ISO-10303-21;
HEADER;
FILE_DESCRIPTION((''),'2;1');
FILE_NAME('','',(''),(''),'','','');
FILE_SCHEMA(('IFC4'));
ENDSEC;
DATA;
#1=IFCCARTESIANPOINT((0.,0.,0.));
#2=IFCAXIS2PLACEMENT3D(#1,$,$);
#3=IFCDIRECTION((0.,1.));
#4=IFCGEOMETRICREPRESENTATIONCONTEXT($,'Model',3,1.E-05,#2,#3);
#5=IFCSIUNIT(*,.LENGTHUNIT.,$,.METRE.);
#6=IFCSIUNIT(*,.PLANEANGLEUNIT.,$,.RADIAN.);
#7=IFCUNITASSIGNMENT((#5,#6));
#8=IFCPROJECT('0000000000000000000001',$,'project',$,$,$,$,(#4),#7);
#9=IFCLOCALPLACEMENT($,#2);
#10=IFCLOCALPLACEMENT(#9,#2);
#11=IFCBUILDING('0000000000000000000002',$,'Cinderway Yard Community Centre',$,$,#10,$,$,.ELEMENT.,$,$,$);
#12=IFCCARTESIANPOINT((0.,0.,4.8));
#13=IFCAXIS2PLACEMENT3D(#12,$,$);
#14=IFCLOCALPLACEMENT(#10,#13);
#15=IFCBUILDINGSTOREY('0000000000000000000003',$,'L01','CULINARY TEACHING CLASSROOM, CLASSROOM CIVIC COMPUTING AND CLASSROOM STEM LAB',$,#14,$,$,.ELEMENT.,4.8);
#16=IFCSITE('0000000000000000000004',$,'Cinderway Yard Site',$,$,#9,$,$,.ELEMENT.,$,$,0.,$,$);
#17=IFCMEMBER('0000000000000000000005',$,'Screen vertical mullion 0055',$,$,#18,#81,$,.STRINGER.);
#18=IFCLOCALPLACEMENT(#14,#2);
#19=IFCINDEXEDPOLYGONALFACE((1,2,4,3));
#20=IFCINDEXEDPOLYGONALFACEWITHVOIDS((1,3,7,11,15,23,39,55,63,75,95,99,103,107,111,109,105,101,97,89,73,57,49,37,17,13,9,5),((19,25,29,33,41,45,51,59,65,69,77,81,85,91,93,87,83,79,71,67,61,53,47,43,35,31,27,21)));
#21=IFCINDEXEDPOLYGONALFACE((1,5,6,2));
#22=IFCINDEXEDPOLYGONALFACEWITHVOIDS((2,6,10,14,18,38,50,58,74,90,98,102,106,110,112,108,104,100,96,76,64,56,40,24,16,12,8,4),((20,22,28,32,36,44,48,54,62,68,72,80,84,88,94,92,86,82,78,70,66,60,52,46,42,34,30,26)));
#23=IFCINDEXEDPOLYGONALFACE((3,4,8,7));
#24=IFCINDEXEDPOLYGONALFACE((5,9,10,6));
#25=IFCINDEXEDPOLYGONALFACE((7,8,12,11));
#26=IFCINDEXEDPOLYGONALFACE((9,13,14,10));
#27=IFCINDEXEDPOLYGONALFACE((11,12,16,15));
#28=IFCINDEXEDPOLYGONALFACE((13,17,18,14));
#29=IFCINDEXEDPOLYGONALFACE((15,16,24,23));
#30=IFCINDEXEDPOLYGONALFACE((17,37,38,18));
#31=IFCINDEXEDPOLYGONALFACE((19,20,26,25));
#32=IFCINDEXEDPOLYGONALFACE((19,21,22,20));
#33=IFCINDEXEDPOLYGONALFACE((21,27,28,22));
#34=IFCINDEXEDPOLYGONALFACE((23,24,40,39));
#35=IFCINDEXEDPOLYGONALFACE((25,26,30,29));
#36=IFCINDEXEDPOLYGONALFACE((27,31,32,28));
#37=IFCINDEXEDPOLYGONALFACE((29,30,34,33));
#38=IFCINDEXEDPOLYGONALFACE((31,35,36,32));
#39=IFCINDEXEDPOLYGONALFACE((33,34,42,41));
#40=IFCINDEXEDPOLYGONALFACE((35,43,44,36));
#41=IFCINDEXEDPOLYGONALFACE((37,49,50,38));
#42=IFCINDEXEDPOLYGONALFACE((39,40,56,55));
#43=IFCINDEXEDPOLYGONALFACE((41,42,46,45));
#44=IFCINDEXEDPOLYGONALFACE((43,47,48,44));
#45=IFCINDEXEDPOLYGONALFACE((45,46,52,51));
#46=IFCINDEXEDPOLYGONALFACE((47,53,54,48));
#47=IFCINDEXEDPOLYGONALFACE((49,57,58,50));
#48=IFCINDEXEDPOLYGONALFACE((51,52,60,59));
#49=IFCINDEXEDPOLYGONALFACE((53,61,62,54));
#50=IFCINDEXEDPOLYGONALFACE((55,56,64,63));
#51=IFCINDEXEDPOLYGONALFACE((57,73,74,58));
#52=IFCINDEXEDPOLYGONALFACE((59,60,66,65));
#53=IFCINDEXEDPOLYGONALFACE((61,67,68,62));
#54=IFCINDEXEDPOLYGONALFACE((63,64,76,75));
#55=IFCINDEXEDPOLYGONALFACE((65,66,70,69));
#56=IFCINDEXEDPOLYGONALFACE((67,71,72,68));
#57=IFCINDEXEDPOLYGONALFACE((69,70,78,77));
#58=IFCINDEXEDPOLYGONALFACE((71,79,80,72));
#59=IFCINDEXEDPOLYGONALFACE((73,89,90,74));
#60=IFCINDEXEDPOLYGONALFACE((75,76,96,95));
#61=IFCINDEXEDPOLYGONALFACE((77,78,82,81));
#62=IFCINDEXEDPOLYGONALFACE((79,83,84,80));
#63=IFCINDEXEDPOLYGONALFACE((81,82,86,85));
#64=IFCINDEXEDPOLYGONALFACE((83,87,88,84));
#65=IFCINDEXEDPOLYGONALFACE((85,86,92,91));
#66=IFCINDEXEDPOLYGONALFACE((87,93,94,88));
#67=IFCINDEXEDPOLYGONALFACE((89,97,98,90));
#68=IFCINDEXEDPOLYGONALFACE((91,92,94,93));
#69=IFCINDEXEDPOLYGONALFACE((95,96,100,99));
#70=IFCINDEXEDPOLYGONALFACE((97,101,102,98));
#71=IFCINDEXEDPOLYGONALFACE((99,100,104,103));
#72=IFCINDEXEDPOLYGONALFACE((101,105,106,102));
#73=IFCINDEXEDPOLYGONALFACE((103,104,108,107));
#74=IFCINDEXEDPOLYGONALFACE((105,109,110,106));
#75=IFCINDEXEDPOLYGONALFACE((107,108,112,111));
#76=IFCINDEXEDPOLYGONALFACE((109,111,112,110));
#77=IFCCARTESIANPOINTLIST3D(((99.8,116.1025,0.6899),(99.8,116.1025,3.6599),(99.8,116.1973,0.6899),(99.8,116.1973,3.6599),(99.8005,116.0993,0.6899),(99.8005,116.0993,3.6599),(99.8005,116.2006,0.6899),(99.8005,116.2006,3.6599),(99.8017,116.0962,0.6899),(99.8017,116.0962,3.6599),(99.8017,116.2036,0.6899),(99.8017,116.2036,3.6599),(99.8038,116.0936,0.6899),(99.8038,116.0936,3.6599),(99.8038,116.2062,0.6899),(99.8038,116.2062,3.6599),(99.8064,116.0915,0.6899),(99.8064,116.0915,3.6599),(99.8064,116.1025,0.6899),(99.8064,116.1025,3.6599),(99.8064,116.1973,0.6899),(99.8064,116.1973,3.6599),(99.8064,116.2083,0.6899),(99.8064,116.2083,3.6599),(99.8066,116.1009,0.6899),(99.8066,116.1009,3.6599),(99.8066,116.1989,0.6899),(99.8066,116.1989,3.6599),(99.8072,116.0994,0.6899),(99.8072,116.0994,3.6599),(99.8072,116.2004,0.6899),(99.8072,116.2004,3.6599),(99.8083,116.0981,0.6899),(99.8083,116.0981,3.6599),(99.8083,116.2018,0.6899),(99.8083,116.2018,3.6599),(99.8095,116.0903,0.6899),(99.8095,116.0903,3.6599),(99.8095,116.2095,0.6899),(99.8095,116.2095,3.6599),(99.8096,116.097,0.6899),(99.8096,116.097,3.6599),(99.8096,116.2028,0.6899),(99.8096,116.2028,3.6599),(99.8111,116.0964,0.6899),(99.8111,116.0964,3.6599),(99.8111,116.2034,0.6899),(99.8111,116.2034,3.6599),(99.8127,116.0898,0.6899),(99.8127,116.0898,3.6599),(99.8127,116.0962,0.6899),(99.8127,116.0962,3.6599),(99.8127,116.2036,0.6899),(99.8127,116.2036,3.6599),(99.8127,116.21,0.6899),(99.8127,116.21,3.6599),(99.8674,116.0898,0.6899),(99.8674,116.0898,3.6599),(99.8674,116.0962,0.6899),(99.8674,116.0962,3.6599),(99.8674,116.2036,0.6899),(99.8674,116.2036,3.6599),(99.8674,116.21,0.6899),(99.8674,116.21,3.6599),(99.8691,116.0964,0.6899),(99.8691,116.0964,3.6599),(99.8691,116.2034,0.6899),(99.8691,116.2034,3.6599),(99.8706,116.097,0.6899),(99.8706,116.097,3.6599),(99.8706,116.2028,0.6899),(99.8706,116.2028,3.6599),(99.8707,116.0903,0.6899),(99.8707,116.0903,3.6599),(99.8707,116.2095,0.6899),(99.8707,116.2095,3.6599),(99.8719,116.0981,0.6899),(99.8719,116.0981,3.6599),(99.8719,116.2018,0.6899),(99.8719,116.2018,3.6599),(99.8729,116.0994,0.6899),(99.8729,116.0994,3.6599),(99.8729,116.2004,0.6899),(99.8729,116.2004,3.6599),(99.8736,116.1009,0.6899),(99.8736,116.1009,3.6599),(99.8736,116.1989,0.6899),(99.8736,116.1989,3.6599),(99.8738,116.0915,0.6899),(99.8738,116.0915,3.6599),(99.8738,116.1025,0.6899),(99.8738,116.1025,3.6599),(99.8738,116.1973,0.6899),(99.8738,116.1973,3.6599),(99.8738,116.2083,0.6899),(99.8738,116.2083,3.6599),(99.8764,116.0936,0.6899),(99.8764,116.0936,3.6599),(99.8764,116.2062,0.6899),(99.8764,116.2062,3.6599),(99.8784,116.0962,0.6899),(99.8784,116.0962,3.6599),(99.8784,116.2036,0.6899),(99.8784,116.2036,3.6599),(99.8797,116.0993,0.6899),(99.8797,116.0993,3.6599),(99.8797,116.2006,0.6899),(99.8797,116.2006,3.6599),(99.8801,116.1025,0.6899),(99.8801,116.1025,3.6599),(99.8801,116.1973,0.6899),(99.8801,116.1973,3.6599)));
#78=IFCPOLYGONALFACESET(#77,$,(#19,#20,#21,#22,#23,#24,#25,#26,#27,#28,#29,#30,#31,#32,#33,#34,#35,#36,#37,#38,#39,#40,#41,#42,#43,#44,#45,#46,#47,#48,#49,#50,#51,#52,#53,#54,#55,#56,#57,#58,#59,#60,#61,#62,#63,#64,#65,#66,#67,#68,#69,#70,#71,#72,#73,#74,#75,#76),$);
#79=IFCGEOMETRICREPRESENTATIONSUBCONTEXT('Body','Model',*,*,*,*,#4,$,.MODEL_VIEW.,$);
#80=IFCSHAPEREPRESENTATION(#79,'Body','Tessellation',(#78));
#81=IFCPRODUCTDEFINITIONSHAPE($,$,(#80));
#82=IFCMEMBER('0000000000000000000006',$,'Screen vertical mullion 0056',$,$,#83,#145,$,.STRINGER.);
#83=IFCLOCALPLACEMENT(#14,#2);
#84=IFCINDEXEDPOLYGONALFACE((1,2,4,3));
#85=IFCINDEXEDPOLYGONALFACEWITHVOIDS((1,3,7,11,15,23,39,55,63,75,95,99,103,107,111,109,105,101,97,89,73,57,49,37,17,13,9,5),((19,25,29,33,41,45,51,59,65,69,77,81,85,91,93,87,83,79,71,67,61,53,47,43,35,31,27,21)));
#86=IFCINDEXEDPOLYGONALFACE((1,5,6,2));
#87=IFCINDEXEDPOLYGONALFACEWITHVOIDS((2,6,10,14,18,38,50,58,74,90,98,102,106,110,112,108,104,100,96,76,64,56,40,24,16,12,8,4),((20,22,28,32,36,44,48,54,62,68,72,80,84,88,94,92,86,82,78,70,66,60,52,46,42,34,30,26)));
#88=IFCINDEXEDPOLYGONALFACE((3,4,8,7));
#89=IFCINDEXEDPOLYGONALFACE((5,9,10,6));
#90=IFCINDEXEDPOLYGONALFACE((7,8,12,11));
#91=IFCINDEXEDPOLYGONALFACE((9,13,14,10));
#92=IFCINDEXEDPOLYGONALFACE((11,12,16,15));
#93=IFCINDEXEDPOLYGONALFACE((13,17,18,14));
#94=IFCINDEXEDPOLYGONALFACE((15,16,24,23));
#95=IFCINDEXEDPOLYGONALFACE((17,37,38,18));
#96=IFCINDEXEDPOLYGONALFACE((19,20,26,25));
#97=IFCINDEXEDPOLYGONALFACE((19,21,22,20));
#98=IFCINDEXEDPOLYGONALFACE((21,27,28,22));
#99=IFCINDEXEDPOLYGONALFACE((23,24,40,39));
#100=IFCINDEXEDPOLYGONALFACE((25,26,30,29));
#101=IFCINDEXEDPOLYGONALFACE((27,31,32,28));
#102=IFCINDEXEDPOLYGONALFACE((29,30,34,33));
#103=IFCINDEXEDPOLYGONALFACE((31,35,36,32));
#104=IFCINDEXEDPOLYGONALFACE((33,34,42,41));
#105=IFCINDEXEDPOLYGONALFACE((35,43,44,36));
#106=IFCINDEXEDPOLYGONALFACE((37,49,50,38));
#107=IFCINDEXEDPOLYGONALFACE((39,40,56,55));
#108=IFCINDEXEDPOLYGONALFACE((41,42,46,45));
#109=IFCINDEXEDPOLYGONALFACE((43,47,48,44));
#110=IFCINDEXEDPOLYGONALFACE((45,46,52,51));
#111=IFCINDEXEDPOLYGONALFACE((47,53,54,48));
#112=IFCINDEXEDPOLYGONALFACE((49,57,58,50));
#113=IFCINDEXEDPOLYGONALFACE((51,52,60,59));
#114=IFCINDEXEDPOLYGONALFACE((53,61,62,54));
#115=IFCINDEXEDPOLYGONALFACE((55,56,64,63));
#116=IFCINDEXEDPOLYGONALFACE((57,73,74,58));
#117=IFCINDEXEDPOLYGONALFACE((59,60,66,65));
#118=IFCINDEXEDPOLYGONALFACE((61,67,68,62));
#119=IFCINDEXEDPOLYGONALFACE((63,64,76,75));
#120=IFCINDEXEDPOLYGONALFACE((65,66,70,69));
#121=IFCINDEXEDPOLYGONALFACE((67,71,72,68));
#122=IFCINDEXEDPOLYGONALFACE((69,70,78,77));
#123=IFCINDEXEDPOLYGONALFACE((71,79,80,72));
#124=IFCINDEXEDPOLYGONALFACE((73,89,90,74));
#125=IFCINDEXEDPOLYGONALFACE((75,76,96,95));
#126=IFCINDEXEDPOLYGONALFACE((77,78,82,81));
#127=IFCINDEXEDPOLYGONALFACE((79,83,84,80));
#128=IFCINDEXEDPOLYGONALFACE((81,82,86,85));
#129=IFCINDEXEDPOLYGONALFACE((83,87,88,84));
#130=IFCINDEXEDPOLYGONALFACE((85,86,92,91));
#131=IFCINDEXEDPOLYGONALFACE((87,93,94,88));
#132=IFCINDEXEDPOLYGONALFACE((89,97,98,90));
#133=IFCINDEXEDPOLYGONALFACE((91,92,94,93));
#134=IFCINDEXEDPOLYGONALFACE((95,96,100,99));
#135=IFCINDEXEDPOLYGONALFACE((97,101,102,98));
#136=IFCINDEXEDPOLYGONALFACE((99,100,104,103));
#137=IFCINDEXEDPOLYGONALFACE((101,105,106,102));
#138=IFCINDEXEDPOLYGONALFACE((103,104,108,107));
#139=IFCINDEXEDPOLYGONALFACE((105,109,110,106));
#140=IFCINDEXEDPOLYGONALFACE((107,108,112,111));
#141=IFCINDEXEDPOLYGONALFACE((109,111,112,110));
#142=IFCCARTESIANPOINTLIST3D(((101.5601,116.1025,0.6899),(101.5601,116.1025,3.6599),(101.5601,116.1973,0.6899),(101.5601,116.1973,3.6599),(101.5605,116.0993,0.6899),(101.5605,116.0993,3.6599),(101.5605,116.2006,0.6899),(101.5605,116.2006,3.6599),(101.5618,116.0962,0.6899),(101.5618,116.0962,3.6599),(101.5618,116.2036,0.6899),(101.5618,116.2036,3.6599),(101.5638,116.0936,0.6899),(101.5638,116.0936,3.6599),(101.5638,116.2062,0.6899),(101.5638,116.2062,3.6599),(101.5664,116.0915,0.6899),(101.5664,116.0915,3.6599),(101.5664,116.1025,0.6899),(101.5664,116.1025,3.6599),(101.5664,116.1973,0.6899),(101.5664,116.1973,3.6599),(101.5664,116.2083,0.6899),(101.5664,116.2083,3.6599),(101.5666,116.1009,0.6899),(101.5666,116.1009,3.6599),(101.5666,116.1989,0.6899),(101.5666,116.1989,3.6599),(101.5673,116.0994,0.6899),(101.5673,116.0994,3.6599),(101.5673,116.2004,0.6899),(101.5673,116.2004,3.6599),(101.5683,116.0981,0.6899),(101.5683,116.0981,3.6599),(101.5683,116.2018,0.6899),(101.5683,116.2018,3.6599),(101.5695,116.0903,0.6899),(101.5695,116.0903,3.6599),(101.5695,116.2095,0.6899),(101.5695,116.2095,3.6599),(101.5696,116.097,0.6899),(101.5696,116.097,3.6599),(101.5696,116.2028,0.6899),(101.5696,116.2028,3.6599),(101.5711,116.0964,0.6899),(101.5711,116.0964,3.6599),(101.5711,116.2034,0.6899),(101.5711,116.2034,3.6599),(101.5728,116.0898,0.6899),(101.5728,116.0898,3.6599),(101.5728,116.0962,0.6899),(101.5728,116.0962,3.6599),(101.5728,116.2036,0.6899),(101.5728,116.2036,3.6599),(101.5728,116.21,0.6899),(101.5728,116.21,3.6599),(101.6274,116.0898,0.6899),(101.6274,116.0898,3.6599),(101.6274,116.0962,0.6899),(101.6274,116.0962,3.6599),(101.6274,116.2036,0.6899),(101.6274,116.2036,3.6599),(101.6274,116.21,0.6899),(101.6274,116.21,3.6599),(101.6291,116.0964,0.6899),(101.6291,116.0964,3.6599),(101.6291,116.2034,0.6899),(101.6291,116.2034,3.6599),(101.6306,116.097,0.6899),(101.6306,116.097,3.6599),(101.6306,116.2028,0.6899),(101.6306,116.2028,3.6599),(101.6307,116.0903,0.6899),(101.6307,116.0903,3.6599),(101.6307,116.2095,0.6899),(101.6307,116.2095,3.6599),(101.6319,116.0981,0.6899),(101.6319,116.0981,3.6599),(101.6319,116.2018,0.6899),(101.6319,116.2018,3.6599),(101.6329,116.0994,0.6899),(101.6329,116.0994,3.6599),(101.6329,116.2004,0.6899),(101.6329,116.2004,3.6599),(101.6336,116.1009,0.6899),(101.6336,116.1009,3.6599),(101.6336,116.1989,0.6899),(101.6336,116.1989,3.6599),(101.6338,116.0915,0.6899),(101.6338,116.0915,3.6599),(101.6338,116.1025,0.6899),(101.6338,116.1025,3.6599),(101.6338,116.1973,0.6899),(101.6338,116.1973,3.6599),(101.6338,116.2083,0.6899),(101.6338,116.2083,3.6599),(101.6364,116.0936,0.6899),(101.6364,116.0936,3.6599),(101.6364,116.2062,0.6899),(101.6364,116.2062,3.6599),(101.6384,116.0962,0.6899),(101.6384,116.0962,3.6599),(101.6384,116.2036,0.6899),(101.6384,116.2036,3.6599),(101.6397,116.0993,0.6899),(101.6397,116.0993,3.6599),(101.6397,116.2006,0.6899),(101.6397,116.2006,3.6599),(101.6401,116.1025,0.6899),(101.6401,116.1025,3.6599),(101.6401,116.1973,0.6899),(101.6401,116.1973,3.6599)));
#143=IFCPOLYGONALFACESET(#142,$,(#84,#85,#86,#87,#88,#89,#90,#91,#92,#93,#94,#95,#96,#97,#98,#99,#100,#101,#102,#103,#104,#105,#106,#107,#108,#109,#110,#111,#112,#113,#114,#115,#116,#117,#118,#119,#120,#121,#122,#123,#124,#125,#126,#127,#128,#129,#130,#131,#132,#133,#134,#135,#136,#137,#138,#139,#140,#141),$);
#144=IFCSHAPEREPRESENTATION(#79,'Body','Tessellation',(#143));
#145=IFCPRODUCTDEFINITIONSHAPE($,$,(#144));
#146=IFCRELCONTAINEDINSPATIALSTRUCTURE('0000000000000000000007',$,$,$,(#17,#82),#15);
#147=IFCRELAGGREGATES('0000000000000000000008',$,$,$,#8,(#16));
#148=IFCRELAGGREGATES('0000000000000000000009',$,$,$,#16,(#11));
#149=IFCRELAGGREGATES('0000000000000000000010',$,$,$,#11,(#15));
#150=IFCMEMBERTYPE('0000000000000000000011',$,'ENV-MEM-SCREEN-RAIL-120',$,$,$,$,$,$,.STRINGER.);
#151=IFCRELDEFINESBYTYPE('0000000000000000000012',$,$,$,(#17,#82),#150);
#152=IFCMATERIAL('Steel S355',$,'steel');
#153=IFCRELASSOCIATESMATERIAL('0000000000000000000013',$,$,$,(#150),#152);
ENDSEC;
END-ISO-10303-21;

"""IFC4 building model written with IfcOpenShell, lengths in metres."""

from ifc_helpers import new_model, si_unit, direction, frame, origin, origin_2d, place, context, subcontext, project, spatial, hollow_rectangle, extrude, material, material_profile, profile_set, type_object, element, save


model = new_model("IFC4")

# Units and contexts
model_context = context("Model", 3, precision=1e-05, world=origin(), true_north=direction((0.0, 1.0)))
body_context = subcontext(model_context, "Body", "Model", "MODEL_VIEW")
ifc_project = project(units=[si_unit("LENGTHUNIT", "METRE"), si_unit("PLANEANGLEUNIT", "RADIAN")], contexts=[model_context])

# Site, building, storey
site_placement = place(None, origin())
site = spatial("IfcSite", under=ifc_project, at=site_placement, Name="Cinderway Yard Site", CompositionType="ELEMENT", RefElevation=0.0)
building_placement = place(site_placement, origin())
building = spatial("IfcBuilding", under=site, at=building_placement, Name="Cinderway Yard Community Centre", CompositionType="ELEMENT")
storey_placement = place(building_placement, frame((0.0, 0.0, 4.8)))
storey = spatial("IfcBuildingStorey", under=building, at=storey_placement, Name="L01", Description="CULINARY TEACHING CLASSROOM, CLASSROOM CIVIC COMPUTING AND CLASSROOM STEM LAB", CompositionType="ELEMENT", Elevation=4.8)

# Members
ifc_material_1 = material(Name="Steel S355", Category="steel")
ifc_material_profile_1 = material_profile(ifc_material_1, hollow_rectangle(XDim=0.0801, YDim=0.1201, WallThickness=0.0063, InnerFilletRadius=0.0063, OuterFilletRadius=0.0127, at=origin_2d()), Name="Steel S355")
ifc_profile_set_1 = profile_set([ifc_material_profile_1], Name="Steel S355")
member_type_1 = type_object("IfcMemberType", Name="ENV-MEM-SCREEN-RAIL-120", PredefinedType="STRINGER", material=ifc_profile_set_1)
for number, where, z_axis, x_axis, name in (
    (1, (99.8401, 116.1499, 0.6899), (0.0, 0.0, 1.0), (1.0, 0.0, 0.0), "Screen vertical mullion 0055"),
    (2, (101.6001, 116.1499, 0.6899), (0.0, 0.0, 1.0), (1.0, 0.0, 0.0), "Screen vertical mullion 0056"),
):
    element("IfcMember", number, at=place(storey_placement, frame(where, z_axis=z_axis, x_axis=x_axis)), inside=storey, type_object=member_type_1, Name=name, PredefinedType="STRINGER", context=body_context, shape_type="SweptSolid", body=[
        extrude(hollow_rectangle(XDim=0.0801, YDim=0.1201, WallThickness=0.0063, InnerFilletRadius=0.0063, OuterFilletRadius=0.0127, at=origin_2d()), origin(), (0.0, 0.0, 1.0), 2.97),
    ])

save(model, "model.ifc")
